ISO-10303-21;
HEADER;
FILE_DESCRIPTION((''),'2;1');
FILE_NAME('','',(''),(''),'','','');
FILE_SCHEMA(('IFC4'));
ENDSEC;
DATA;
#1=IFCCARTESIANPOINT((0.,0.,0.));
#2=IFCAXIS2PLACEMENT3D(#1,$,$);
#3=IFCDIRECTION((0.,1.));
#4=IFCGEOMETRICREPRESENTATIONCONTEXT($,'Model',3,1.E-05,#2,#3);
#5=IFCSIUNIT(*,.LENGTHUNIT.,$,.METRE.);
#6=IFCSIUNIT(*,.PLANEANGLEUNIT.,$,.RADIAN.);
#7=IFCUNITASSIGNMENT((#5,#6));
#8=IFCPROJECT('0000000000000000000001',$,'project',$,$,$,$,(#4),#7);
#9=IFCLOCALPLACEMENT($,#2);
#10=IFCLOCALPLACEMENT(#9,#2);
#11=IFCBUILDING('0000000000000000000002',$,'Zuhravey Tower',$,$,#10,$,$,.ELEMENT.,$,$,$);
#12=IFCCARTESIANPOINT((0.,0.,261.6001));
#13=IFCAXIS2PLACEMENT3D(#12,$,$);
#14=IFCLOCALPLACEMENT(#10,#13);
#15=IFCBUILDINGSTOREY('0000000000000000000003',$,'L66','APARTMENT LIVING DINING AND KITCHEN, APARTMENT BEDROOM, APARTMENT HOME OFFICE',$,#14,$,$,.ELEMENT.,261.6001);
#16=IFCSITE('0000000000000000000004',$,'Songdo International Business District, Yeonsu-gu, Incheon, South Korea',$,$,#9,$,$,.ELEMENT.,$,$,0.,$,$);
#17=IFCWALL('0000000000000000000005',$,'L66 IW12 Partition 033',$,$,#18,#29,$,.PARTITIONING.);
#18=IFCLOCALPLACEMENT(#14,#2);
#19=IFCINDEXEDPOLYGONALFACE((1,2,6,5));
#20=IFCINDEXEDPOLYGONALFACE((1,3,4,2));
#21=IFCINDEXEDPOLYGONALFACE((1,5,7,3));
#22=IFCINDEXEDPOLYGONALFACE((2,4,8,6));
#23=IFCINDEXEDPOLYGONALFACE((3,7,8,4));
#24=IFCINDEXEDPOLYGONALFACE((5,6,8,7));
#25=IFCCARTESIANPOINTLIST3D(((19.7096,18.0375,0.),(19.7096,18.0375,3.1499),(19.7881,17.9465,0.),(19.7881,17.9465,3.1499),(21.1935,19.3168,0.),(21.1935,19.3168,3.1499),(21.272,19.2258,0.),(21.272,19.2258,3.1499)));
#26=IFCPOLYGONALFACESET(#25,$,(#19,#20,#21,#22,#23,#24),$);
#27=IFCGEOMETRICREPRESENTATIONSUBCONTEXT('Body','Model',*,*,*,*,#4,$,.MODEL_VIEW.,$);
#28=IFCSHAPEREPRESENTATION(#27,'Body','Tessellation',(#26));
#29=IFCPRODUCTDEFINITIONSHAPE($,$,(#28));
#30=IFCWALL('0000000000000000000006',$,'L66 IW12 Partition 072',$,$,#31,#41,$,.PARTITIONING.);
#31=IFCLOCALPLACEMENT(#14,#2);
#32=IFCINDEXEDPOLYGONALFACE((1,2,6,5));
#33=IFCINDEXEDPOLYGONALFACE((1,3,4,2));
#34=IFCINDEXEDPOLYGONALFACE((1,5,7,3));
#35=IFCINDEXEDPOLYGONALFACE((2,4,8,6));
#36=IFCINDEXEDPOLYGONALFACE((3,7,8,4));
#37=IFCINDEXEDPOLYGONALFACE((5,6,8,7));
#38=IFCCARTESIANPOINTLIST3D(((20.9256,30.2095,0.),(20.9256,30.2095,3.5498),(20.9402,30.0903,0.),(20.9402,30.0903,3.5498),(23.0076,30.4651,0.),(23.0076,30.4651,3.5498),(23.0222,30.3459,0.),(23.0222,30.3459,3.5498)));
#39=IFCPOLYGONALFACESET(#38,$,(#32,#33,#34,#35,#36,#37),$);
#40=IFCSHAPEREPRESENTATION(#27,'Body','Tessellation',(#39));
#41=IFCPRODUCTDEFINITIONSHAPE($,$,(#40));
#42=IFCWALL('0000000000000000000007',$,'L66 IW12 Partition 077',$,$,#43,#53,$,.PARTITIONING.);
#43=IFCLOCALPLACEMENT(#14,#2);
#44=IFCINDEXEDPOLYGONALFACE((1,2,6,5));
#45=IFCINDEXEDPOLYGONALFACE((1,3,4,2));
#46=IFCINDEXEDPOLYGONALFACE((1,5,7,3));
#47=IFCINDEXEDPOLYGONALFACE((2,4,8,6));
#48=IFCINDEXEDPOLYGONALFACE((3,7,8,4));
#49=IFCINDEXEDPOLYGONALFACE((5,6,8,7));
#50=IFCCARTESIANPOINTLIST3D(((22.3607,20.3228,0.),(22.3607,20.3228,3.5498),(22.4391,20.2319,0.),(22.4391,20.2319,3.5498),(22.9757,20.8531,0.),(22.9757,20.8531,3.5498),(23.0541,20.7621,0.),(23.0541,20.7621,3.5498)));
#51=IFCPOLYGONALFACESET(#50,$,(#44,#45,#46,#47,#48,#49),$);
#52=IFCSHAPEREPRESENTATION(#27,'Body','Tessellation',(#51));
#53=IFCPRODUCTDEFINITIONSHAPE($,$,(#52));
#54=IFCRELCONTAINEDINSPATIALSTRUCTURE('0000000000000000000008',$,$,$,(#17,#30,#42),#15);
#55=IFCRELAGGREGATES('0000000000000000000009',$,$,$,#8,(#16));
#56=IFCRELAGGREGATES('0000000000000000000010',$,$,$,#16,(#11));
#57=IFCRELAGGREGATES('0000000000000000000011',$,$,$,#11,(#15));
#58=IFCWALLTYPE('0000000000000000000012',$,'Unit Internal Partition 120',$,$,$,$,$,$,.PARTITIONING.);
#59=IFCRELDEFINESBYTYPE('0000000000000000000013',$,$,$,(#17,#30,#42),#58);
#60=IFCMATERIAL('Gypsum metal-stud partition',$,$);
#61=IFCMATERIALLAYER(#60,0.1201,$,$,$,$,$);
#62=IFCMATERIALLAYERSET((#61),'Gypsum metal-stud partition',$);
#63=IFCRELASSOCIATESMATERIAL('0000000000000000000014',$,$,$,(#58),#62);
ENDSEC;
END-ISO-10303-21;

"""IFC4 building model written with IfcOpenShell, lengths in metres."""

from ifc_helpers import new_model, si_unit, direction, frame, frame_2d, origin, place, context, subcontext, project, spatial, rectangle, extrude, material, layer, layer_set, type_object, element, save


model = new_model("IFC4")

# Units and contexts
model_context = context("Model", 3, precision=1e-05, world=origin(), true_north=direction((0.0, 1.0)))
body_context = subcontext(model_context, "Body", "Model", "MODEL_VIEW")
ifc_project = project(units=[si_unit("LENGTHUNIT", "METRE"), si_unit("PLANEANGLEUNIT", "RADIAN")], contexts=[model_context])

# Site, building, storey
site_placement = place(None, origin())
site = spatial("IfcSite", under=ifc_project, at=site_placement, Name="Songdo International Business District, Yeonsu-gu, Incheon, South Korea", CompositionType="ELEMENT", RefElevation=0.0)
building_placement = place(site_placement, origin())
building = spatial("IfcBuilding", under=site, at=building_placement, Name="Zuhravey Tower", CompositionType="ELEMENT")
storey_placement = place(building_placement, frame((0.0, 0.0, 261.6001)))
storey = spatial("IfcBuildingStorey", under=building, at=storey_placement, Name="L66", Description="APARTMENT LIVING DINING AND KITCHEN, APARTMENT BEDROOM, APARTMENT HOME OFFICE", CompositionType="ELEMENT", Elevation=261.6001)

# Shared definitions
ifc_material_1 = material(Name="Gypsum metal-stud partition")
ifc_layer_1 = layer(ifc_material_1, 0.1201)
ifc_layer_set_1 = layer_set([ifc_layer_1], Name="Gypsum metal-stud partition")
wall_type_1 = type_object("IfcWallType", Name="Unit Internal Partition 120", PredefinedType="PARTITIONING", material=ifc_layer_set_1)

# Walls
wall_1_placement = place(storey_placement, frame((21.2327, 19.2712, 0.0), z_axis=(0.0, 0.0, 1.0), x_axis=(-0.757389, -0.652964, 0.0)))
element("IfcWall", 1, at=wall_1_placement, inside=storey, type_object=wall_type_1, Name="L66 IW12 Partition 033", PredefinedType="PARTITIONING", context=body_context, shape_type="SweptSolid", body=[
    extrude(rectangle(XDim=1.9592, YDim=0.1201, at=frame_2d((0.9795, 0.0))), origin(), (0.0, 0.0, 1.0), 3.1499),
])
wall_2_placement = place(storey_placement, frame((23.0149, 30.4055, 0.0), z_axis=(0.0, 0.0, 1.0), x_axis=(-0.992548, -0.121857, 0.0)))
element("IfcWall", 2, at=wall_2_placement, inside=storey, type_object=wall_type_1, Name="L66 IW12 Partition 072", PredefinedType="PARTITIONING", context=body_context, shape_type="SweptSolid", body=[
    extrude(rectangle(XDim=2.0977, YDim=0.1201, at=frame_2d((1.0488, 0.0))), origin(), (0.0, 0.0, 1.0), 3.5498),
])
wall_3_placement = place(storey_placement, frame((23.0149, 20.8076, 0.0), z_axis=(0.0, 0.0, 1.0), x_axis=(-0.757343, -0.653017, 0.0)))
element("IfcWall", 3, at=wall_3_placement, inside=storey, type_object=wall_type_1, Name="L66 IW12 Partition 077", PredefinedType="PARTITIONING", context=body_context, shape_type="SweptSolid", body=[
    extrude(rectangle(XDim=0.812, YDim=0.1201, at=frame_2d((0.406, 0.0))), origin(), (0.0, 0.0, 1.0), 3.5498),
])

save(model, "model.ifc")
